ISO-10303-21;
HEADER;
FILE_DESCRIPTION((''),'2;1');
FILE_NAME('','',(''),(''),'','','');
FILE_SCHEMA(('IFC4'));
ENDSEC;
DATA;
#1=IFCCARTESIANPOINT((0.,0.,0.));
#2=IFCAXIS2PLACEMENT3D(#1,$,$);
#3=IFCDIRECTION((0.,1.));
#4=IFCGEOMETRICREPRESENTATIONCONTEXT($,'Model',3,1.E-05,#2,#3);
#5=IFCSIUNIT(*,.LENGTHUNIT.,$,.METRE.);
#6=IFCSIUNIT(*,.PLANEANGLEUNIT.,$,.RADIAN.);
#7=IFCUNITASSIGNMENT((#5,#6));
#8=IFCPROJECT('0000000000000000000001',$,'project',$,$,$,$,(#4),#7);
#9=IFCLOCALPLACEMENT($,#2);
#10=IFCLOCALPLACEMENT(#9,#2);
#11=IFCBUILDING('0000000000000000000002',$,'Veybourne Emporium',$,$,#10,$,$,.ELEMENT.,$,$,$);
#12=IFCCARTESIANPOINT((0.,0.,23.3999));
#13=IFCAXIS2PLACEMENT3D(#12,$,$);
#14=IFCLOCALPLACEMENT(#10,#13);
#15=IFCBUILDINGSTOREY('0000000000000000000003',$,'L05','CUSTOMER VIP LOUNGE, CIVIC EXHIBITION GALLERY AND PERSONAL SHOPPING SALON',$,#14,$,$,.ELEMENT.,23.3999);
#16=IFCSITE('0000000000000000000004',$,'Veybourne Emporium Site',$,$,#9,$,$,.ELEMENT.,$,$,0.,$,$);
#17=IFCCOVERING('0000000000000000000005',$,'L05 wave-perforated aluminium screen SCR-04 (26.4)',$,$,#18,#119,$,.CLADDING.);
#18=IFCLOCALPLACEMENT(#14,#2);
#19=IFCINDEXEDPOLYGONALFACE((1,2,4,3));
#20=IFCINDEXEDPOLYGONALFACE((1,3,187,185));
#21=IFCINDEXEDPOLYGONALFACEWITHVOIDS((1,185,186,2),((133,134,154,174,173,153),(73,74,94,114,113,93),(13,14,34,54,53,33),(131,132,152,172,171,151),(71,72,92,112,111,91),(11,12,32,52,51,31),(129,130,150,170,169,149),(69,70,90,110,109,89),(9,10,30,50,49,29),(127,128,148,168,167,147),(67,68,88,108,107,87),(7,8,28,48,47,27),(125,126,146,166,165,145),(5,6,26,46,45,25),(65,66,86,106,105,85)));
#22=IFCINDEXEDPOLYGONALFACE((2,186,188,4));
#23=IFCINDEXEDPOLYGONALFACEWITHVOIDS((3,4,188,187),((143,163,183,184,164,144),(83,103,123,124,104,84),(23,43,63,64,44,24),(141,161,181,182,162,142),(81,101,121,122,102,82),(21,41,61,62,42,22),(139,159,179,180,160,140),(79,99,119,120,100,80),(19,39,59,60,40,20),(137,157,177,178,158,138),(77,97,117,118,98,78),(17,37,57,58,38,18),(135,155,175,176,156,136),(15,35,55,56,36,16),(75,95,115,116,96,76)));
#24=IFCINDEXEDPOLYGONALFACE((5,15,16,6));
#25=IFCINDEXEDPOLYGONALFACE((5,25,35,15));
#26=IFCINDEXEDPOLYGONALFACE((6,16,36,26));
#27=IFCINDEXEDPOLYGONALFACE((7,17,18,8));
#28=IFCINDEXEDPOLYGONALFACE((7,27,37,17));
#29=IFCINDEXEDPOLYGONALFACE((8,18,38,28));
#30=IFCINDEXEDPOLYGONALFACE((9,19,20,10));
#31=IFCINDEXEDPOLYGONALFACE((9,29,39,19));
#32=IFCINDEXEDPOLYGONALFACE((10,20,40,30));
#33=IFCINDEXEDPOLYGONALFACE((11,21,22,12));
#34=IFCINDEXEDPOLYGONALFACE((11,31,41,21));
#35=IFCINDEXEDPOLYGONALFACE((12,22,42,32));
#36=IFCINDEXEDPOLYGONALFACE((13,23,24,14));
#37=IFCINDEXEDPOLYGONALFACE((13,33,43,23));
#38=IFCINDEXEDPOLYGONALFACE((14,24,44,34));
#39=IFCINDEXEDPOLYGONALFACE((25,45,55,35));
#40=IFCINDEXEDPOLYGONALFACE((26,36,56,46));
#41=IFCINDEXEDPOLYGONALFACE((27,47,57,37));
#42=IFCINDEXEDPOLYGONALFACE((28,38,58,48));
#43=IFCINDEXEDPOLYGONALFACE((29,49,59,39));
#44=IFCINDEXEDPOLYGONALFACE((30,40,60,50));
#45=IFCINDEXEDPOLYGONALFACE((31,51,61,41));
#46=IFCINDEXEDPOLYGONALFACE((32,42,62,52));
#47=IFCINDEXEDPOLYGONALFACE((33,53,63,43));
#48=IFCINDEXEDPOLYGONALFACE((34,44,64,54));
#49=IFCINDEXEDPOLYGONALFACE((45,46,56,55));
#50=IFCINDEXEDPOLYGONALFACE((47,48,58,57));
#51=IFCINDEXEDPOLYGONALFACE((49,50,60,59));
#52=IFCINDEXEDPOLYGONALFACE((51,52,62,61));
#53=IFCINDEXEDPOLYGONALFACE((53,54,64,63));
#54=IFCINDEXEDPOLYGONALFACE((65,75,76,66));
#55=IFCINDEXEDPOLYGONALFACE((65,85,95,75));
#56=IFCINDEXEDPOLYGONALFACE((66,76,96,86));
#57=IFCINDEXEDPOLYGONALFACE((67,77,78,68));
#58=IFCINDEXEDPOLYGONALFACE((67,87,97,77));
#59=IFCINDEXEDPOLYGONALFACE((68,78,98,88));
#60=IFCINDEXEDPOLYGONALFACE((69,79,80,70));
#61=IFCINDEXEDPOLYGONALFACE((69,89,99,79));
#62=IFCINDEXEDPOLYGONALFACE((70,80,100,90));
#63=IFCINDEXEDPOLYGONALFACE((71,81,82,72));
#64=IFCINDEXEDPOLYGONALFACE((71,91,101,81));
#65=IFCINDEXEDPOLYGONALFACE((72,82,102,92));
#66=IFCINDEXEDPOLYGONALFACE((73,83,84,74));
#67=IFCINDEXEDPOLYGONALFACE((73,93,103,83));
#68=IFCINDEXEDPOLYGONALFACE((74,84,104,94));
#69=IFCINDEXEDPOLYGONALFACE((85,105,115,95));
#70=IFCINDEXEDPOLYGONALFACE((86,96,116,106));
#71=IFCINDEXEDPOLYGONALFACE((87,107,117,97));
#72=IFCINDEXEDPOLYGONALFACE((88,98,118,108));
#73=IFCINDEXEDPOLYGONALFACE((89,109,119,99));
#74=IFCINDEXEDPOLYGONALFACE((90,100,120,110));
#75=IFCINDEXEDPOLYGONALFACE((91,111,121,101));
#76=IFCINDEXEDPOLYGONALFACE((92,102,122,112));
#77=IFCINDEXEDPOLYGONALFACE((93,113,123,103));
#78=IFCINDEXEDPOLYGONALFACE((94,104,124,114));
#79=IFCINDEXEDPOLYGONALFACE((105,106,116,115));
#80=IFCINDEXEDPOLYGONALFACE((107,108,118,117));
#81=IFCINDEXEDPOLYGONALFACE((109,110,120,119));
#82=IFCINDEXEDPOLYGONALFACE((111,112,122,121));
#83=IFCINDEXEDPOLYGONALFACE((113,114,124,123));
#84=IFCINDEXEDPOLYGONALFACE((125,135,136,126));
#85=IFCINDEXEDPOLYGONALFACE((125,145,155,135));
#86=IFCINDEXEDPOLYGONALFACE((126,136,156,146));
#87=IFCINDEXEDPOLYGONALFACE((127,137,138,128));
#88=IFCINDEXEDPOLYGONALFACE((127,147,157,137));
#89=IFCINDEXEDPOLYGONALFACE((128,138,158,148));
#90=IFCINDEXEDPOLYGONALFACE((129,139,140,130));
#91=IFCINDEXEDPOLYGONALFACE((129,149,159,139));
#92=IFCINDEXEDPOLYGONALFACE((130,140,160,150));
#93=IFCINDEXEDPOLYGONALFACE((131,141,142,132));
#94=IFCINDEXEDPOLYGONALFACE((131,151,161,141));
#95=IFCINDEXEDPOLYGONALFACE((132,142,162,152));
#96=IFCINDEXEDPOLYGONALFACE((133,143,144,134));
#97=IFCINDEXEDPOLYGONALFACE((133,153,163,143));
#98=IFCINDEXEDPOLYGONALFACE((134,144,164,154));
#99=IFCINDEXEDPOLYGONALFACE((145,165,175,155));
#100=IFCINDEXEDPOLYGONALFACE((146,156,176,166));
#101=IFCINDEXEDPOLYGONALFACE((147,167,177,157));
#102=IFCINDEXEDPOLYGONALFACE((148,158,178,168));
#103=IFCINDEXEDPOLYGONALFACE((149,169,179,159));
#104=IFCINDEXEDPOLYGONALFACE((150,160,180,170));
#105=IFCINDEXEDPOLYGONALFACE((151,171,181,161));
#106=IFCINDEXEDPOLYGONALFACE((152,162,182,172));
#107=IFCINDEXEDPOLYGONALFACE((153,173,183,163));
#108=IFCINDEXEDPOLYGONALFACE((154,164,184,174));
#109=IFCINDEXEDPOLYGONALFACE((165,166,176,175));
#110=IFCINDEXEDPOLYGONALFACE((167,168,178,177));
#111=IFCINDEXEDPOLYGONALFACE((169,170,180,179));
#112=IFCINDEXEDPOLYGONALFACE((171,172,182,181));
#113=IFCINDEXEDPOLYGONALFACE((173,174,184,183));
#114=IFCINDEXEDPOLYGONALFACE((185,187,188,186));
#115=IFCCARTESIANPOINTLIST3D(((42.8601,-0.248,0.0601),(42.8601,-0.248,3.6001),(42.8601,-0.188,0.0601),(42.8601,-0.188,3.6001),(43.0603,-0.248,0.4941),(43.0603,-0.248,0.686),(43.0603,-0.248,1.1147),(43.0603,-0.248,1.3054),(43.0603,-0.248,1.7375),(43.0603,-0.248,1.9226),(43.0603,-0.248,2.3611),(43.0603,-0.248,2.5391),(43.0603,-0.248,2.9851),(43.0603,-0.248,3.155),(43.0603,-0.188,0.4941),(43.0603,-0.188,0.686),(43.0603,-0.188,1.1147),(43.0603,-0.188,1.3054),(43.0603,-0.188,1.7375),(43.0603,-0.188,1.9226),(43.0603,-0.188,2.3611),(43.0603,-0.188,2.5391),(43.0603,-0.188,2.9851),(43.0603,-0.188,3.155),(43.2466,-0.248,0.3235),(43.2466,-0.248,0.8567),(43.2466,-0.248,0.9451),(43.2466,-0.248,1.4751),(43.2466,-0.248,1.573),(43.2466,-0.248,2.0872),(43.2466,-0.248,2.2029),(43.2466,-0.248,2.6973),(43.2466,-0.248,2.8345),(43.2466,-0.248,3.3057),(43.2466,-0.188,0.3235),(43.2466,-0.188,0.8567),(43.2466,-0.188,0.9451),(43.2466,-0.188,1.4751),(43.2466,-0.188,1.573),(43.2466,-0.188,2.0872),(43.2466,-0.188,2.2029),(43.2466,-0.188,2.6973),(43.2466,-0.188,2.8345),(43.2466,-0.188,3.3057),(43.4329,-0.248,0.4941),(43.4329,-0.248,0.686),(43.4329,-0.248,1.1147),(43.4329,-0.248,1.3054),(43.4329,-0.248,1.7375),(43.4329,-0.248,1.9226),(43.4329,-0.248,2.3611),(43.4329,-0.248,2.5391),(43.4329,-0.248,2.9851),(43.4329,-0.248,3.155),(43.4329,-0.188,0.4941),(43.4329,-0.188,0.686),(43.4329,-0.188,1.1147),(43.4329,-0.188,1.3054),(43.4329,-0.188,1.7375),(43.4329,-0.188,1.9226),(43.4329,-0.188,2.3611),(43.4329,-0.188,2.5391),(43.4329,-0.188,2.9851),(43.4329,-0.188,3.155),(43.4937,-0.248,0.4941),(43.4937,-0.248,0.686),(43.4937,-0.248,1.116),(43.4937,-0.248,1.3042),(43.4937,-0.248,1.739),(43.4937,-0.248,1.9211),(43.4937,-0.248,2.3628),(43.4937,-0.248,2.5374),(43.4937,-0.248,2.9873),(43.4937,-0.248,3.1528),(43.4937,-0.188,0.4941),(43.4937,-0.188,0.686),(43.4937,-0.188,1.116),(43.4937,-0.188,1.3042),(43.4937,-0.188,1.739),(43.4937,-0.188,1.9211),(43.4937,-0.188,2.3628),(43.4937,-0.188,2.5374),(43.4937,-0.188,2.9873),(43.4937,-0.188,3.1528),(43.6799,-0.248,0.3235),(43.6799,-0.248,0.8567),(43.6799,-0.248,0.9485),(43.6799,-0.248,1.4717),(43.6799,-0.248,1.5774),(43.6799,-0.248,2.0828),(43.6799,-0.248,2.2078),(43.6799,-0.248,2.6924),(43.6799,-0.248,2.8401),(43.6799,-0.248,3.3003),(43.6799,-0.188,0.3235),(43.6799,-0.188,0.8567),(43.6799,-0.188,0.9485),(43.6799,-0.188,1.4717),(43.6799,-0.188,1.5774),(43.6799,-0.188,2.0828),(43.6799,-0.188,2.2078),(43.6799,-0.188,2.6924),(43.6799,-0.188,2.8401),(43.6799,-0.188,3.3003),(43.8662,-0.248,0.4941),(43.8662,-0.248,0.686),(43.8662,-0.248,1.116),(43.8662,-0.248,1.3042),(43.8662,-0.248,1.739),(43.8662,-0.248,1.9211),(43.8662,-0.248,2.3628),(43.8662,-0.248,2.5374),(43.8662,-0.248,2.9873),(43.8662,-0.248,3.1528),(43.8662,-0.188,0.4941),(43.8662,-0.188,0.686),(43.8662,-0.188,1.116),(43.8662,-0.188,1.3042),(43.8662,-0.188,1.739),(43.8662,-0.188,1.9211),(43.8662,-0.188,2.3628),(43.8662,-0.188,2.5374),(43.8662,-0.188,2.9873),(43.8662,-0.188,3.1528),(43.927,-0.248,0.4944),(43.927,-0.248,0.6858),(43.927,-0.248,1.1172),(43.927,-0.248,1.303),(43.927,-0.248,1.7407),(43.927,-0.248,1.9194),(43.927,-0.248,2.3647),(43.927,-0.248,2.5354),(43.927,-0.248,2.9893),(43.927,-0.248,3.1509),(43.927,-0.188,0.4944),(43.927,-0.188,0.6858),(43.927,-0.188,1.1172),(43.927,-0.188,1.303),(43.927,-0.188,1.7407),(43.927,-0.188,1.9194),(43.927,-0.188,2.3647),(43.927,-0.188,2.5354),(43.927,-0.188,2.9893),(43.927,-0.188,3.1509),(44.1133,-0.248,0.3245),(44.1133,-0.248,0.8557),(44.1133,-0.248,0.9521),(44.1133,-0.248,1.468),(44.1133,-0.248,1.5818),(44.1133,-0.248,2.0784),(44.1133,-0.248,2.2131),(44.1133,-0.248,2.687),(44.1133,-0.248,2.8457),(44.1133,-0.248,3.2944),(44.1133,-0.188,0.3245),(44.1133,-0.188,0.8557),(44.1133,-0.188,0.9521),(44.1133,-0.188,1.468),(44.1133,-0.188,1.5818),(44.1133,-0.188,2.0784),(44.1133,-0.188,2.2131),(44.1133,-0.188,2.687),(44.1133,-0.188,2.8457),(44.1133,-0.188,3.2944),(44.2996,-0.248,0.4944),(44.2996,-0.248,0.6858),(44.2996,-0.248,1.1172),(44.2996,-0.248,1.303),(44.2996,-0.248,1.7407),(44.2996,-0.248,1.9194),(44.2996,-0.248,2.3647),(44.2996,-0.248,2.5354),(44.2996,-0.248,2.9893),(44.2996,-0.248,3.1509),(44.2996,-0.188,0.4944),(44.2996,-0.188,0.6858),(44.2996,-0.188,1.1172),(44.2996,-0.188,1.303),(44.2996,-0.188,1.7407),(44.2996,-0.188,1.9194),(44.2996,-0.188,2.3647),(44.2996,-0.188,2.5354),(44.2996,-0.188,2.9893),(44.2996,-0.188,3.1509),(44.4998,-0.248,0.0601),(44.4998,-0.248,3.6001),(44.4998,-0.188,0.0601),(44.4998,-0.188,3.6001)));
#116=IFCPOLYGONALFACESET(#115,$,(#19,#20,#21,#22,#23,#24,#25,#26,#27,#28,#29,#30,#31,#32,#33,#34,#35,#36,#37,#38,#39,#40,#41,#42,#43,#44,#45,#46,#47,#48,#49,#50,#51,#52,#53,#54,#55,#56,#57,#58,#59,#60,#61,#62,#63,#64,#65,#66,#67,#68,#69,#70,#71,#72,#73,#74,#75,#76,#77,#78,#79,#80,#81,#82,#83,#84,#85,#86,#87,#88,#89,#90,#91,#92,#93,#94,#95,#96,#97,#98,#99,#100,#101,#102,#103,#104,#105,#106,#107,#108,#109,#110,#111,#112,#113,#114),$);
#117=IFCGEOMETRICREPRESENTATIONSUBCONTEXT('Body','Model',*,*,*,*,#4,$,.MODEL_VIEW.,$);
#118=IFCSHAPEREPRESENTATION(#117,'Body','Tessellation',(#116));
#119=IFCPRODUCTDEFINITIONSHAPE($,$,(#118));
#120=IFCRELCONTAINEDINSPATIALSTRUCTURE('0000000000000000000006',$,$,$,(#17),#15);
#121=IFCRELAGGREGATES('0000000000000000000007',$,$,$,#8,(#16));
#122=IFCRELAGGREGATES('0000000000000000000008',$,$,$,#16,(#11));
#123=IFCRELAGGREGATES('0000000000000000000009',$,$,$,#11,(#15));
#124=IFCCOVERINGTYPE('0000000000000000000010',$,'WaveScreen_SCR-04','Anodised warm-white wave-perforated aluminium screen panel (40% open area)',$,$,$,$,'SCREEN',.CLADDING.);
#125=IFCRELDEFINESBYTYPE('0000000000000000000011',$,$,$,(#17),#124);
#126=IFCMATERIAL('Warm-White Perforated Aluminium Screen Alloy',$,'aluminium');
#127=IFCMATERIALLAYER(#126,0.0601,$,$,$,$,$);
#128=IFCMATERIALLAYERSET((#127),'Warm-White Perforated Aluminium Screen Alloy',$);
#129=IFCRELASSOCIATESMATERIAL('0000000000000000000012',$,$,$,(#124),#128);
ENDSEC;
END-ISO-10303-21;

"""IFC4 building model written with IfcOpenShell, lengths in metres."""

from ifc_helpers import new_model, si_unit, direction, frame, origin, place, context, subcontext, project, spatial, polyline, outline, extrude, material, layer, layer_set, type_object, element, save


model = new_model("IFC4")

# Units and contexts
model_context = context("Model", 3, precision=1e-05, world=origin(), true_north=direction((0.0, 1.0)))
body_context = subcontext(model_context, "Body", "Model", "MODEL_VIEW")
ifc_project = project(units=[si_unit("LENGTHUNIT", "METRE"), si_unit("PLANEANGLEUNIT", "RADIAN")], contexts=[model_context])

# Site, building, storey
site_placement = place(None, origin())
site = spatial("IfcSite", under=ifc_project, at=site_placement, Name="Veybourne Emporium Site", CompositionType="ELEMENT", RefElevation=0.0)
building_placement = place(site_placement, origin())
building = spatial("IfcBuilding", under=site, at=building_placement, Name="Veybourne Emporium", CompositionType="ELEMENT")
storey_placement = place(building_placement, frame((0.0, 0.0, 23.3999)))
storey = spatial("IfcBuildingStorey", under=building, at=storey_placement, Name="L05", Description="CUSTOMER VIP LOUNGE, CIVIC EXHIBITION GALLERY AND PERSONAL SHOPPING SALON", CompositionType="ELEMENT", Elevation=23.3999)

# Covering
ifc_material_1 = material(Name="Warm-White Perforated Aluminium Screen Alloy", Category="aluminium")
ifc_layer_1 = layer(ifc_material_1, 0.0601)
ifc_layer_set_1 = layer_set([ifc_layer_1], Name="Warm-White Perforated Aluminium Screen Alloy")
covering_type_1 = type_object("IfcCoveringType", Name="WaveScreen_SCR-04", Description="Anodised warm-white wave-perforated aluminium screen panel (40% open area)", ElementType="SCREEN", PredefinedType="CLADDING", material=ifc_layer_set_1)
covering_1_placement = place(storey_placement, frame((43.6799, -0.248, 1.8301), z_axis=(0.0, 1.0, 0.0), x_axis=(-1.0, 0.0, 0.0)))
element("IfcCovering", 1, at=covering_1_placement, inside=storey, type_object=covering_type_1, Name="L05 wave-perforated aluminium screen SCR-04 (26.4)", PredefinedType="CLADDING", context=body_context, shape_type="SweptSolid", body=[
    extrude(outline(polyline([(-0.8198, -1.77), (0.8198, -1.77), (0.8198, 1.77), (-0.8198, 1.77), (-0.8198, -1.77)]), holes=[polyline([(-0.4333, -0.9744), (-0.2471, -1.1443), (-0.2471, -1.3357), (-0.4333, -1.5056), (-0.6196, -1.3357), (-0.6196, -1.1443), (-0.4333, -0.9744)]), polyline([(-0.4333, -0.3621), (-0.2471, -0.5271), (-0.2471, -0.7129), (-0.4333, -0.8779), (-0.6196, -0.7129), (-0.6196, -0.5271), (-0.4333, -0.3621)]), polyline([(-0.4333, 0.2483), (-0.2471, 0.0894), (-0.2471, -0.0894), (-0.4333, -0.2483), (-0.6196, -0.0894), (-0.6196, 0.0894), (-0.4333, 0.2483)]), polyline([(-0.4333, 0.8569), (-0.2471, 0.7053), (-0.2471, 0.5347), (-0.4333, 0.3831), (-0.6196, 0.5347), (-0.6196, 0.7053), (-0.4333, 0.8569)]), polyline([(-0.4333, 1.4644), (-0.2471, 1.3208), (-0.2471, 1.1592), (-0.4333, 1.0156), (-0.6196, 1.1592), (-0.6196, 1.3208), (-0.4333, 1.4644)]), polyline([(0.0, -0.9734), (0.1863, -1.144), (0.1863, -1.3359), (0.0, -1.5066), (-0.1863, -1.3359), (-0.1863, -1.144), (0.0, -0.9734)]), polyline([(0.0, -0.3584), (0.1863, -0.5259), (0.1863, -0.7141), (0.0, -0.8816), (-0.1863, -0.7141), (-0.1863, -0.5259), (0.0, -0.3584)]), polyline([(0.0, 0.2527), (0.1863, 0.0911), (0.1863, -0.0911), (0.0, -0.2527), (-0.1863, -0.0911), (-0.1863, 0.0911), (0.0, 0.2527)]), polyline([(0.0, 0.8623), (0.1863, 0.7073), (0.1863, 0.5327), (0.0, 0.3777), (-0.1863, 0.5327), (-0.1863, 0.7073), (0.0, 0.8623)]), polyline([(0.0, 1.4702), (0.1863, 1.3228), (0.1863, 1.1572), (0.0, 1.01), (-0.1863, 1.1572), (-0.1863, 1.3228), (0.0, 1.4702)]), polyline([(0.4333, -0.9734), (0.6196, -1.144), (0.6196, -1.3359), (0.4333, -1.5066), (0.2471, -1.3359), (0.2471, -1.144), (0.4333, -0.9734)]), polyline([(0.4333, -0.355), (0.6196, -0.5247), (0.6196, -0.7153), (0.4333, -0.885), (0.2471, -0.7153), (0.2471, -0.5247), (0.4333, -0.355)]), polyline([(0.4333, 0.2571), (0.6196, 0.0925), (0.6196, -0.0925), (0.4333, -0.2571), (0.2471, -0.0925), (0.2471, 0.0925), (0.4333, 0.2571)]), polyline([(0.4333, 0.8672), (0.6196, 0.709), (0.6196, 0.531), (0.4333, 0.3728), (0.2471, 0.531), (0.2471, 0.709), (0.4333, 0.8672)]), polyline([(0.4333, 1.4756), (0.6196, 1.325), (0.6196, 1.155), (0.4333, 1.0044), (0.2471, 1.155), (0.2471, 1.325), (0.4333, 1.4756)])]), origin(), (0.0, 0.0, 1.0), 0.0601),
])

save(model, "model.ifc")
